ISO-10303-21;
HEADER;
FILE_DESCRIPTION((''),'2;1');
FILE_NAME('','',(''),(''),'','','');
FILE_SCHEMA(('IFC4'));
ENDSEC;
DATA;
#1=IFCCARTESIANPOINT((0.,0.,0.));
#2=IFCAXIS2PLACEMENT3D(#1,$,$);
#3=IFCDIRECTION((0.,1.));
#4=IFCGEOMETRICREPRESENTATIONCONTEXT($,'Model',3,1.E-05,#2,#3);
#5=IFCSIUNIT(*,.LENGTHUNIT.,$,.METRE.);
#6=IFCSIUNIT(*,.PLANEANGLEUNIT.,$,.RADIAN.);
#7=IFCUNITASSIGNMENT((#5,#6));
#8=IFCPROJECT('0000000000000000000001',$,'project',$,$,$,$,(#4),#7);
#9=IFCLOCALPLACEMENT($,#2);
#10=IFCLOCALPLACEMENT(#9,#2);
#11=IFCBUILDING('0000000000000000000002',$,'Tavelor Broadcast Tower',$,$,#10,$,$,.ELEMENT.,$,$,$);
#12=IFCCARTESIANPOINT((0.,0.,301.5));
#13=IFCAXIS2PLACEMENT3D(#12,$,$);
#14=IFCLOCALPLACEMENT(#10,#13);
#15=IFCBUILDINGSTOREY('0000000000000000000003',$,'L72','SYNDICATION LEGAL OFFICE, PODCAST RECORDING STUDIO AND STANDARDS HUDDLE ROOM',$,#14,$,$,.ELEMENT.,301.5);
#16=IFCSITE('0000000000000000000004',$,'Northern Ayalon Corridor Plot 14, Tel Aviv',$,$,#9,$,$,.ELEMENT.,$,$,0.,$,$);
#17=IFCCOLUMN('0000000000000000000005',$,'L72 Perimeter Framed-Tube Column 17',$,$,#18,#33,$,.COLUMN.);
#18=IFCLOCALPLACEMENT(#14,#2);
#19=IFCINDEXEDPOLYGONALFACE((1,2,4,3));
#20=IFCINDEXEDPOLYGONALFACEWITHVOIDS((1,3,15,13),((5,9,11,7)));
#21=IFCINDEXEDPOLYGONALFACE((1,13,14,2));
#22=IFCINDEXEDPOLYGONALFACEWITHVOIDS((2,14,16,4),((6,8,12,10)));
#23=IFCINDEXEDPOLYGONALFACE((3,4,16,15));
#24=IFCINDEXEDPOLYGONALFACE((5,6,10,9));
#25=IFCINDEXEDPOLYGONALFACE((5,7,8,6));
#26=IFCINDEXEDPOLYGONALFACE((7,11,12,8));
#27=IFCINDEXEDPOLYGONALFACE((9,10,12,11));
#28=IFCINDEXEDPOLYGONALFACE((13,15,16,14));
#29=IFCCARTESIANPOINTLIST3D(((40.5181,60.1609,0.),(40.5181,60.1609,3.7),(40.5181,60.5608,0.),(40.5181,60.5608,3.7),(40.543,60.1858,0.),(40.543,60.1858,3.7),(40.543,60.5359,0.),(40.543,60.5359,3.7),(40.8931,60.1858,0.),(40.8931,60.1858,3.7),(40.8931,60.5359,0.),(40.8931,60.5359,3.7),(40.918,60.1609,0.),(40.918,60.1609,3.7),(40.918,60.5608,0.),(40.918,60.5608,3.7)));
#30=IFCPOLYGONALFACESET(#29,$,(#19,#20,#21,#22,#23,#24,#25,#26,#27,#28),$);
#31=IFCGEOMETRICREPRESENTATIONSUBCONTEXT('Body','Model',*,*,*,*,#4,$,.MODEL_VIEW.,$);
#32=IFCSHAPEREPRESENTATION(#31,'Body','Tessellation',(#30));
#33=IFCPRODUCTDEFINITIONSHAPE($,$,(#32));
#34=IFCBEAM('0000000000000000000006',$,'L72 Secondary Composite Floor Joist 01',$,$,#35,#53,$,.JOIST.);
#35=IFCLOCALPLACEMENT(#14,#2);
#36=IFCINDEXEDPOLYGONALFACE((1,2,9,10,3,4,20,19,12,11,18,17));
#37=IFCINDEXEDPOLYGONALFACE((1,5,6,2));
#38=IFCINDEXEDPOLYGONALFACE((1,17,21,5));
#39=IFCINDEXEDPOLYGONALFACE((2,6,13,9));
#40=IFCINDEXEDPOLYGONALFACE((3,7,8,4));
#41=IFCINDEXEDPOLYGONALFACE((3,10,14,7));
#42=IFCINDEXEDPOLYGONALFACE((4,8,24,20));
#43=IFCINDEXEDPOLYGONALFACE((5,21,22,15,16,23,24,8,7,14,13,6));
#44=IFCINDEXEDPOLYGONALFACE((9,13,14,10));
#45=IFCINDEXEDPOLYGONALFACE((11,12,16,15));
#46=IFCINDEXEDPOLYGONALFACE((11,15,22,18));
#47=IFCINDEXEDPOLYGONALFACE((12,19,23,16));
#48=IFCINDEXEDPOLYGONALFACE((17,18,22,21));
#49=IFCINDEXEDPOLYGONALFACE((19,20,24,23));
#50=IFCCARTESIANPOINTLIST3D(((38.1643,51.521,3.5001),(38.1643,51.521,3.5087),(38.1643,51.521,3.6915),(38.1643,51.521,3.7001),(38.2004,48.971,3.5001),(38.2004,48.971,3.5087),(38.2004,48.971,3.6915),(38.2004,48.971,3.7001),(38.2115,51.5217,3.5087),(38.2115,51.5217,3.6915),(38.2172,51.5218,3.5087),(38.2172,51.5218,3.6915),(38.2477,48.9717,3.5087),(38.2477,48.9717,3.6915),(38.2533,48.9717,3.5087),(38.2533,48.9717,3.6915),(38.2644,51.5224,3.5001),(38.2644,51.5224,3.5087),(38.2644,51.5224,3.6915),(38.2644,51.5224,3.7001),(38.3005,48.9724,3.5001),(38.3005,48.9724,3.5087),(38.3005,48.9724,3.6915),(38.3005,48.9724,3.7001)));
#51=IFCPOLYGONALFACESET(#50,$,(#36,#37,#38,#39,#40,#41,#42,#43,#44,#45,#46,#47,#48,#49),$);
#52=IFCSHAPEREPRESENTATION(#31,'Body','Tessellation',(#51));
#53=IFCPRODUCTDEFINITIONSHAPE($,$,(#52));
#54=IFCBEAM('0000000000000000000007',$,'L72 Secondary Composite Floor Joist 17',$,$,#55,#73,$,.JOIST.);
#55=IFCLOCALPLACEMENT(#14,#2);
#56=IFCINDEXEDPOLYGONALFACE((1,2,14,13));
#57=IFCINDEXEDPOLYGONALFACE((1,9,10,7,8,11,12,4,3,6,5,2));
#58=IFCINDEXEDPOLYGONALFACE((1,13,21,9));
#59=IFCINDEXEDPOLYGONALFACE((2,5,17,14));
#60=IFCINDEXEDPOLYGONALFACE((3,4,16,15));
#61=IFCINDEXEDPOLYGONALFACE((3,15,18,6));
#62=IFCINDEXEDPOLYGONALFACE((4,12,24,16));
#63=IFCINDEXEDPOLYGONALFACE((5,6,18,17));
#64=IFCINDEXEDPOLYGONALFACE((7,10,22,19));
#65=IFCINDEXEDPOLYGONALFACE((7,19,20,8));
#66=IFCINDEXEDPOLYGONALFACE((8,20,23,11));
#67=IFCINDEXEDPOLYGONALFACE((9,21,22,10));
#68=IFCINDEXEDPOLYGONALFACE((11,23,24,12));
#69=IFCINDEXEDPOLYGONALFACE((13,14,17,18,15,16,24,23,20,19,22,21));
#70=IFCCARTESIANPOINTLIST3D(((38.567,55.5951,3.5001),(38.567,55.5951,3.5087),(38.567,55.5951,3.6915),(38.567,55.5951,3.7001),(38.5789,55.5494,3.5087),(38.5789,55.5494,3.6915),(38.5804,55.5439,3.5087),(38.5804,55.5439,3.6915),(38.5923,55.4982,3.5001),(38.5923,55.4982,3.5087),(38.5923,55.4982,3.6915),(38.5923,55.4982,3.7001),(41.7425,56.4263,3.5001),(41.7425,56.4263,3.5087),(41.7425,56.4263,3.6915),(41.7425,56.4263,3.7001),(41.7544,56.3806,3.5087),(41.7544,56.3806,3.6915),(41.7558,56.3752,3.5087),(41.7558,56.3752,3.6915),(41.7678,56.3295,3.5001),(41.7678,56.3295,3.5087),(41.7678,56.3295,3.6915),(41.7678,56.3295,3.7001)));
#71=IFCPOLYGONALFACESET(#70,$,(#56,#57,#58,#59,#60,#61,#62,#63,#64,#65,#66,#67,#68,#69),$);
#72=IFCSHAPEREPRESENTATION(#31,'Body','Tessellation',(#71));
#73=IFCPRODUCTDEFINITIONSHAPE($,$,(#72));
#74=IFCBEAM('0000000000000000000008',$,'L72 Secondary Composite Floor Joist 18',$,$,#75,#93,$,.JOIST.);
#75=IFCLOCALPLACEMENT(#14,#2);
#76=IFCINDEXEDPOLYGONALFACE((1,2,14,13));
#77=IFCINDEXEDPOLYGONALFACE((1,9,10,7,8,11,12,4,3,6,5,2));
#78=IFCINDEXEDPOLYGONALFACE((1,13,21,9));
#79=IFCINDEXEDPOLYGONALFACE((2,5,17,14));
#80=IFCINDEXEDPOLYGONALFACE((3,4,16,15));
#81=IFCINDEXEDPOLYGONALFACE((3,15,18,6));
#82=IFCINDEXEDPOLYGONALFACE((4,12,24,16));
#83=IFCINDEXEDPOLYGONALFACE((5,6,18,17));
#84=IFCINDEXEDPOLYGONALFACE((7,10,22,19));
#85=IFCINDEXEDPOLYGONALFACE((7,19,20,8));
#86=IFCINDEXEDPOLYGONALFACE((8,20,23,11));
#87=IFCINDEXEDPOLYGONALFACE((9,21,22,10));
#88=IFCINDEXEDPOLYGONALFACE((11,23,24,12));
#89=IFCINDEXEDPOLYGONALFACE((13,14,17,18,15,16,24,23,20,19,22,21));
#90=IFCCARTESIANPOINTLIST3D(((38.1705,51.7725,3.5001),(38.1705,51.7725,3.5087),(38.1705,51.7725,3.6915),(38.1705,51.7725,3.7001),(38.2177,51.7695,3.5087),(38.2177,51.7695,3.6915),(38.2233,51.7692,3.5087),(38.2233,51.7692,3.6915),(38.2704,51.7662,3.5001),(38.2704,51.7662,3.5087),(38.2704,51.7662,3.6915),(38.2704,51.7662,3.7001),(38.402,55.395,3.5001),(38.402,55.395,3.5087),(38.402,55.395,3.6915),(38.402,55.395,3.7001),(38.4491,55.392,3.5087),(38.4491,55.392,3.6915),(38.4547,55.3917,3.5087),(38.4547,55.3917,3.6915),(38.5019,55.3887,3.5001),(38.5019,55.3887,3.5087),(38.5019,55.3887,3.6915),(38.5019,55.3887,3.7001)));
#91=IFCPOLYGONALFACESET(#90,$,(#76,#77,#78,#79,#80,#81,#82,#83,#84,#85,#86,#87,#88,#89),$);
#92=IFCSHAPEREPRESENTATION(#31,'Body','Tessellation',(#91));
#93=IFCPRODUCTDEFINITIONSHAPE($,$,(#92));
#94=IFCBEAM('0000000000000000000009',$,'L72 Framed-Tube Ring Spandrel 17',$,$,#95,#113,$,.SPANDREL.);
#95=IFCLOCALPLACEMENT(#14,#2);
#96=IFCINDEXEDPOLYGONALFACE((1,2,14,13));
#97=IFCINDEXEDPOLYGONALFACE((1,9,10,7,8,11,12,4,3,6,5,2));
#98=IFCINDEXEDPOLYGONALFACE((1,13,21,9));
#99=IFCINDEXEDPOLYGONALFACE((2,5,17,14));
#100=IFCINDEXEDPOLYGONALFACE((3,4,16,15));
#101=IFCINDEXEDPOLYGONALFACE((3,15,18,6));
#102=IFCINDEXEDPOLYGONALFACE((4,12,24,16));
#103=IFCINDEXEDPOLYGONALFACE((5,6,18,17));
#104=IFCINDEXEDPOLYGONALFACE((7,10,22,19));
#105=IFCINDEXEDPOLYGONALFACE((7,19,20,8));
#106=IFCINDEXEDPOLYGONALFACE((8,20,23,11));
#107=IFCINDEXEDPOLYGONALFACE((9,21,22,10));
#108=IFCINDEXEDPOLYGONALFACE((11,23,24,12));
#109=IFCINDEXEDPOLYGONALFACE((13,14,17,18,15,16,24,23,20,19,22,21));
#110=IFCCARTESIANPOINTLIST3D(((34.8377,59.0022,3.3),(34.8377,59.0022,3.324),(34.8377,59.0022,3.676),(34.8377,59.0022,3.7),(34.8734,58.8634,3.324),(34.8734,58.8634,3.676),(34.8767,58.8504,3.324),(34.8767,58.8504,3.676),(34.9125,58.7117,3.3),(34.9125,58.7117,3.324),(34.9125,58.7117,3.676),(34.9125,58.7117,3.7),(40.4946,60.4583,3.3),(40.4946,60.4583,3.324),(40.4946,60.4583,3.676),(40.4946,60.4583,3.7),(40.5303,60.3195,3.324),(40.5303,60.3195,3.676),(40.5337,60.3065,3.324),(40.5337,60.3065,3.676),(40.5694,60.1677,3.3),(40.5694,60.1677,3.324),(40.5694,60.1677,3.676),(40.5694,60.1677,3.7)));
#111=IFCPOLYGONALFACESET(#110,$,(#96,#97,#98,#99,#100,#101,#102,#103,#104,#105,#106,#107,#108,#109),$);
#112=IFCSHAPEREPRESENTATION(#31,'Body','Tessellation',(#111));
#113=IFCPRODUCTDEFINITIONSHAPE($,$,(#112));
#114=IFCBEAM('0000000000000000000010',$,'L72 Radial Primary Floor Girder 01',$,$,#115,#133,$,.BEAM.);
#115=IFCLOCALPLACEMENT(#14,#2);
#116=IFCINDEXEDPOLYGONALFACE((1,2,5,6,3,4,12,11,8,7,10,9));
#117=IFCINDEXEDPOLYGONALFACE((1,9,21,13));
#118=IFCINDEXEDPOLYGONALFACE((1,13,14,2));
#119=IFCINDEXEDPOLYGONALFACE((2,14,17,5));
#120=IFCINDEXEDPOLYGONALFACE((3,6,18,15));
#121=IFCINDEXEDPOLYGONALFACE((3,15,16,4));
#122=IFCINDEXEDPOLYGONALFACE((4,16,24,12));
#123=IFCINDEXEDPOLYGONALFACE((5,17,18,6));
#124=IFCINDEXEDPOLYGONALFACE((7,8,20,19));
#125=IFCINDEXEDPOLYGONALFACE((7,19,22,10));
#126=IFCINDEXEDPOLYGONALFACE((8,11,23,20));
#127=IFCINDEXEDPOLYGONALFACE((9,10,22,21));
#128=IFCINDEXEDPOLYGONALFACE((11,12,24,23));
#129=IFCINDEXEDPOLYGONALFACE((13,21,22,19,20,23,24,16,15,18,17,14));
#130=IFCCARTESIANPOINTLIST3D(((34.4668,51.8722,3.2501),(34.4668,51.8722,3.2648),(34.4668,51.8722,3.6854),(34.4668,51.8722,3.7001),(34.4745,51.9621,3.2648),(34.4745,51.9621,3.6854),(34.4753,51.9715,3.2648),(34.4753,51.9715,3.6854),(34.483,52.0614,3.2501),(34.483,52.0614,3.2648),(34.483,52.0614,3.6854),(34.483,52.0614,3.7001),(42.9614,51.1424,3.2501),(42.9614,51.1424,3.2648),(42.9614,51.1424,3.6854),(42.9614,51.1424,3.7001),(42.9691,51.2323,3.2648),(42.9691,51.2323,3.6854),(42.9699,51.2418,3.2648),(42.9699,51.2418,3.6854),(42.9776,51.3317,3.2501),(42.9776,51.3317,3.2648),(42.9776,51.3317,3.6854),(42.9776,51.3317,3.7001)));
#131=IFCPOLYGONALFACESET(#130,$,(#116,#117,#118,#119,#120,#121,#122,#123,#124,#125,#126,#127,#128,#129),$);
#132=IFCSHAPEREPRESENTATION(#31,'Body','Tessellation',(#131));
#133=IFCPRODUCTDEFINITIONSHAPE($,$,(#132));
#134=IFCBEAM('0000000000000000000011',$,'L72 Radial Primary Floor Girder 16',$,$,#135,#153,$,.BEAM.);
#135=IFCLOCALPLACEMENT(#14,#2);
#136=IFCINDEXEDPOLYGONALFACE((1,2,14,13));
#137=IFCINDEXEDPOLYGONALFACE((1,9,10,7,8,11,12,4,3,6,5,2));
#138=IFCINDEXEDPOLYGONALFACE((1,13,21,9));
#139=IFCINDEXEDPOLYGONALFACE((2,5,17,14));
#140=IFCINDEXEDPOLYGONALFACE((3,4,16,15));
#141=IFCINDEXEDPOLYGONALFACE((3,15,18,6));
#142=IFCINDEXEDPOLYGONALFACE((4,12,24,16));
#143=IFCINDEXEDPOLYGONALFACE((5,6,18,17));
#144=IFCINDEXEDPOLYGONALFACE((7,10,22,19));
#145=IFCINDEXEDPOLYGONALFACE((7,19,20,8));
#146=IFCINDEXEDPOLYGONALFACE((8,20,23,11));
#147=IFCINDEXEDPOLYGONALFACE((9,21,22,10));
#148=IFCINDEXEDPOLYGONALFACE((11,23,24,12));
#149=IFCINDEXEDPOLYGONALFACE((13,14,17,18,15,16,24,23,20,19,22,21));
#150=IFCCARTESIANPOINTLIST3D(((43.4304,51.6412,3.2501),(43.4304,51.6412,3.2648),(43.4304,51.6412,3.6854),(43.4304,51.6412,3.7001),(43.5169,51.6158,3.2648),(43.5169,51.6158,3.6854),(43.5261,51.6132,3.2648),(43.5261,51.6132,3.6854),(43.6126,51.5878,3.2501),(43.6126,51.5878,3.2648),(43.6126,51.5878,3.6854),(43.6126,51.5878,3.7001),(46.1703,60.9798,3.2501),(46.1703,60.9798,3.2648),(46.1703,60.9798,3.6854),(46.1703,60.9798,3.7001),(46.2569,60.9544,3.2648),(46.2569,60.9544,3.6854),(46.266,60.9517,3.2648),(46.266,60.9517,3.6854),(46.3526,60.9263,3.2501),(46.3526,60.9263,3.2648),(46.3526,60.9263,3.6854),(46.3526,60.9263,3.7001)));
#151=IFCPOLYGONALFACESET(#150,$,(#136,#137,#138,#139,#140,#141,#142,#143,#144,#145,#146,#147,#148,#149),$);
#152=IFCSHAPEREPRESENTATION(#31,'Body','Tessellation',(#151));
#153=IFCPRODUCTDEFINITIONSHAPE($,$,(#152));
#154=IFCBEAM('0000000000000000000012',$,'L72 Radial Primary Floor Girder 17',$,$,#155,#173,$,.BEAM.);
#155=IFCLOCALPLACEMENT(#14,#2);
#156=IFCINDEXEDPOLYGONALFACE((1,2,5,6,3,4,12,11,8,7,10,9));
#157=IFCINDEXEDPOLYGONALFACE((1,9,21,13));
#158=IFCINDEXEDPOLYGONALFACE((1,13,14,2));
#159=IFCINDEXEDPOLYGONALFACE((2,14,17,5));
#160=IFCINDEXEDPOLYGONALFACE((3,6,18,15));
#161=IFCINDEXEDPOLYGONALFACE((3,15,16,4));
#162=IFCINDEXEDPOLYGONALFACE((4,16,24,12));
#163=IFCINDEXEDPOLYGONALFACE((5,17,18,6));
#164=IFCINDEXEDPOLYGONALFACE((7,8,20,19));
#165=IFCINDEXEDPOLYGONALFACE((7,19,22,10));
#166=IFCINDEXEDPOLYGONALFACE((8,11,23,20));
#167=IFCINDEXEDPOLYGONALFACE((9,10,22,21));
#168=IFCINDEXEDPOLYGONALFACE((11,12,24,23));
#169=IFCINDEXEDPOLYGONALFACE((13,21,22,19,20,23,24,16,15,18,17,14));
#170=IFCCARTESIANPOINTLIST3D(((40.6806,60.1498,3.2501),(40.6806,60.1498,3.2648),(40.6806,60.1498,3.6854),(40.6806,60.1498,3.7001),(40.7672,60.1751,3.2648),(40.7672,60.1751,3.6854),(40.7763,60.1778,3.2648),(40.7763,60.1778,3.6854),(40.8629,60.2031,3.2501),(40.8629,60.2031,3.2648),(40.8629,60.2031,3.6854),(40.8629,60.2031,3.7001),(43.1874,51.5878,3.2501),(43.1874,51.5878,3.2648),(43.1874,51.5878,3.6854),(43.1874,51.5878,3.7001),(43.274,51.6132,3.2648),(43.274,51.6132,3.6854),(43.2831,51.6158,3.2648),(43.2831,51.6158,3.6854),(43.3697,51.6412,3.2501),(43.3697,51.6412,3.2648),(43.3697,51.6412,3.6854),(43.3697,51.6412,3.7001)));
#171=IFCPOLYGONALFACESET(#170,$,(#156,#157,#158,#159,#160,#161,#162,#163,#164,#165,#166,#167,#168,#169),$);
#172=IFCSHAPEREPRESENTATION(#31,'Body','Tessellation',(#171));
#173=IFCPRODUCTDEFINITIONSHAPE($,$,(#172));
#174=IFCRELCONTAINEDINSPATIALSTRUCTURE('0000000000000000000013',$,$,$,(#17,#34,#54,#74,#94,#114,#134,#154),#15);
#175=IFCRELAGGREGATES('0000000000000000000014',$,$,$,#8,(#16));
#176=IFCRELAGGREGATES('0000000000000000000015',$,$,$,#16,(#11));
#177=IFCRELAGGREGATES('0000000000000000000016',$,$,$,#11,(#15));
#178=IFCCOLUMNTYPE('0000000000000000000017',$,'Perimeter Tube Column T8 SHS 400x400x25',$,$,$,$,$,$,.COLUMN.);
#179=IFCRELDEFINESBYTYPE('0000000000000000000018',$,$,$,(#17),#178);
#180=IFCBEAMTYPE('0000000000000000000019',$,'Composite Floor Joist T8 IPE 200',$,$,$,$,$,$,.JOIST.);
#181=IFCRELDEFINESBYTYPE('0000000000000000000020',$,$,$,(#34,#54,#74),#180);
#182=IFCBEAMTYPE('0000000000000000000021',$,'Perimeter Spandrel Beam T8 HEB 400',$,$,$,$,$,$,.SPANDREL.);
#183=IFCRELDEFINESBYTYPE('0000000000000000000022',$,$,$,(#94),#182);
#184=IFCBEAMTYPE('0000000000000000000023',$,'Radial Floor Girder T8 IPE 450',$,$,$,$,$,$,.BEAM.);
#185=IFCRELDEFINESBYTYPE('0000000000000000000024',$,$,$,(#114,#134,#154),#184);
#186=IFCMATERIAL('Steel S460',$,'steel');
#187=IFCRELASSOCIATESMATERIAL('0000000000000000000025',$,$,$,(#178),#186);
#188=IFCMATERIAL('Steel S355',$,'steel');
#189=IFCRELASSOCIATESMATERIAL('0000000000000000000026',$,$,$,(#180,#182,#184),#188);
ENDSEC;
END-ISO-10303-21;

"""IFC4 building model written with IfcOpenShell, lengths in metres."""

from ifc_helpers import new_model, si_unit, direction, frame, origin, origin_2d, place, context, subcontext, project, spatial, hollow_rectangle, i_section, extrude, material, material_profile, profile_set, type_object, element, save


model = new_model("IFC4")

# Units and contexts
model_context = context("Model", 3, precision=1e-05, world=origin(), true_north=direction((0.0, 1.0)))
body_context = subcontext(model_context, "Body", "Model", "MODEL_VIEW")
ifc_project = project(units=[si_unit("LENGTHUNIT", "METRE"), si_unit("PLANEANGLEUNIT", "RADIAN")], contexts=[model_context])

# Site, building, storey
site_placement = place(None, origin())
site = spatial("IfcSite", under=ifc_project, at=site_placement, Name="Northern Ayalon Corridor Plot 14, Tel Aviv", CompositionType="ELEMENT", RefElevation=0.0)
building_placement = place(site_placement, origin())
building = spatial("IfcBuilding", under=site, at=building_placement, Name="Tavelor Broadcast Tower", CompositionType="ELEMENT")
storey_placement = place(building_placement, frame((0.0, 0.0, 301.5)))
storey = spatial("IfcBuildingStorey", under=building, at=storey_placement, Name="L72", Description="SYNDICATION LEGAL OFFICE, PODCAST RECORDING STUDIO AND STANDARDS HUDDLE ROOM", CompositionType="ELEMENT", Elevation=301.5)

# Column
ifc_material_1 = material(Name="Steel S460", Category="steel")
ifc_material_profile_1 = material_profile(ifc_material_1, hollow_rectangle(XDim=0.3999, YDim=0.3999, WallThickness=0.0249, at=origin_2d()), Name="SHS 400x400x25")
ifc_profile_set_1 = profile_set([ifc_material_profile_1], Name="Steel S460")
column_type = type_object("IfcColumnType", Name="Perimeter Tube Column T8 SHS 400x400x25", PredefinedType="COLUMN", material=ifc_profile_set_1)
column_placement = place(storey_placement, frame((40.718, 60.3608, 0.0), z_axis=(0.0, 0.0, 1.0), x_axis=(1.0, 0.0, 0.0)))
element("IfcColumn", 1, at=column_placement, inside=storey, type_object=column_type, Name="L72 Perimeter Framed-Tube Column 17", PredefinedType="COLUMN", context=body_context, shape_type="SweptSolid", body=[
    extrude(hollow_rectangle(XDim=0.3999, YDim=0.3999, WallThickness=0.0249, at=origin_2d()), origin(), (0.0, 0.0, 1.0), 3.7),
])

# Beams
ifc_material_2 = material(Name="Steel S355", Category="steel")
ifc_material_profile_2 = material_profile(ifc_material_2, i_section(OverallWidth=0.1001, OverallDepth=0.2, WebThickness=0.0056, FlangeThickness=0.0085, at=origin_2d()), Name="IPE 200")
ifc_profile_set_2 = profile_set([ifc_material_profile_2], Name="Steel S355")
beam_type_1 = type_object("IfcBeamType", Name="Composite Floor Joist T8 IPE 200", PredefinedType="JOIST", material=ifc_profile_set_2)
beam_1_placement = place(storey_placement, frame((38.2144, 51.5217, 3.6001), z_axis=(0.014168, -0.9999, 0.0), x_axis=(0.9999, 0.014168, 0.0)))
element("IfcBeam", 2, at=beam_1_placement, inside=storey, type_object=beam_type_1, Name="L72 Secondary Composite Floor Joist 01", PredefinedType="JOIST", context=body_context, shape_type="SweptSolid", body=[
    extrude(i_section(OverallWidth=0.1001, OverallDepth=0.2, WebThickness=0.0056, FlangeThickness=0.0085, at=origin_2d()), origin(), (0.0, 0.0, 1.0), 2.5503),
])
beam_2_placement = place(storey_placement, frame((41.7551, 56.3779, 3.6001), z_axis=(-0.967401, -0.253248, 0.0), x_axis=(0.253248, -0.967401, 0.0)))
element("IfcBeam", 3, at=beam_2_placement, inside=storey, type_object=beam_type_1, Name="L72 Secondary Composite Floor Joist 17", PredefinedType="JOIST", context=body_context, shape_type="SweptSolid", body=[
    extrude(i_section(OverallWidth=0.1001, OverallDepth=0.2, WebThickness=0.0056, FlangeThickness=0.0085, at=origin_2d()), origin(), (0.0, 0.0, 1.0), 3.2825),
])
beam_3_placement = place(storey_placement, frame((38.4519, 55.3918, 3.6001), z_axis=(-0.06376, -0.997965, 0.0), x_axis=(0.997965, -0.06376, 0.0)))
element("IfcBeam", 4, at=beam_3_placement, inside=storey, type_object=beam_type_1, Name="L72 Secondary Composite Floor Joist 18", PredefinedType="JOIST", context=body_context, shape_type="SweptSolid", body=[
    extrude(i_section(OverallWidth=0.1001, OverallDepth=0.2, WebThickness=0.0056, FlangeThickness=0.0085, at=origin_2d()), origin(), (0.0, 0.0, 1.0), 3.6299),
])
ifc_material_profile_3 = material_profile(ifc_material_2, i_section(OverallWidth=0.3, OverallDepth=0.3999, WebThickness=0.0134, FlangeThickness=0.0239, at=origin_2d()), Name="HEB 400")
ifc_profile_set_3 = profile_set([ifc_material_profile_3], Name="Steel S355")
beam_type_2 = type_object("IfcBeamType", Name="Perimeter Spandrel Beam T8 HEB 400", PredefinedType="SPANDREL", material=ifc_profile_set_3)
beam_4_placement = place(storey_placement, frame((40.532, 60.313, 3.5), z_axis=(-0.968435, -0.249266, 0.0), x_axis=(0.249266, -0.968435, 0.0)))
element("IfcBeam", 5, at=beam_4_placement, inside=storey, type_object=beam_type_2, Name="L72 Framed-Tube Ring Spandrel 17", PredefinedType="SPANDREL", context=body_context, shape_type="SweptSolid", body=[
    extrude(i_section(OverallWidth=0.3, OverallDepth=0.3999, WebThickness=0.0134, FlangeThickness=0.0239, at=origin_2d()), origin(), (0.0, 0.0, 1.0), 5.8413),
])
ifc_material_profile_4 = material_profile(ifc_material_2, i_section(OverallWidth=0.1899, OverallDepth=0.45, WebThickness=0.0095, FlangeThickness=0.0146, at=origin_2d()), Name="IPE 450")
ifc_profile_set_4 = profile_set([ifc_material_profile_4], Name="Steel S355")
beam_type_3 = type_object("IfcBeamType", Name="Radial Floor Girder T8 IPE 450", PredefinedType="BEAM", material=ifc_profile_set_4)
beam_5_placement = place(storey_placement, frame((42.9695, 51.2371, 3.4751), z_axis=(-0.99633, 0.08559, 0.0), x_axis=(-0.08559, -0.99633, 0.0)))
element("IfcBeam", 6, at=beam_5_placement, inside=storey, type_object=beam_type_3, Name="L72 Radial Primary Floor Girder 01", PredefinedType="BEAM", context=body_context, shape_type="SweptSolid", body=[
    extrude(i_section(OverallWidth=0.1899, OverallDepth=0.45, WebThickness=0.0095, FlangeThickness=0.0146, at=origin_2d()), origin(), (0.0, 0.0, 1.0), 8.5259),
])
beam_6_placement = place(storey_placement, frame((43.5215, 51.6145, 3.4751), z_axis=(0.281536, 0.959551, 0.0), x_axis=(-0.959551, 0.281536, 0.0)))
element("IfcBeam", 7, at=beam_6_placement, inside=storey, type_object=beam_type_3, Name="L72 Radial Primary Floor Girder 16", PredefinedType="BEAM", context=body_context, shape_type="SweptSolid", body=[
    extrude(i_section(OverallWidth=0.1899, OverallDepth=0.45, WebThickness=0.0095, FlangeThickness=0.0146, at=origin_2d()), origin(), (0.0, 0.0, 1.0), 9.7322),
])
beam_7_placement = place(storey_placement, frame((43.2786, 51.6145, 3.4751), z_axis=(-0.28099, 0.959711, 0.0), x_axis=(-0.959711, -0.28099, 0.0)))
element("IfcBeam", 8, at=beam_7_placement, inside=storey, type_object=beam_type_3, Name="L72 Radial Primary Floor Girder 17", PredefinedType="BEAM", context=body_context, shape_type="SweptSolid", body=[
    extrude(i_section(OverallWidth=0.1899, OverallDepth=0.45, WebThickness=0.0095, FlangeThickness=0.0146, at=origin_2d()), origin(), (0.0, 0.0, 1.0), 8.9214),
])

save(model, "model.ifc")
